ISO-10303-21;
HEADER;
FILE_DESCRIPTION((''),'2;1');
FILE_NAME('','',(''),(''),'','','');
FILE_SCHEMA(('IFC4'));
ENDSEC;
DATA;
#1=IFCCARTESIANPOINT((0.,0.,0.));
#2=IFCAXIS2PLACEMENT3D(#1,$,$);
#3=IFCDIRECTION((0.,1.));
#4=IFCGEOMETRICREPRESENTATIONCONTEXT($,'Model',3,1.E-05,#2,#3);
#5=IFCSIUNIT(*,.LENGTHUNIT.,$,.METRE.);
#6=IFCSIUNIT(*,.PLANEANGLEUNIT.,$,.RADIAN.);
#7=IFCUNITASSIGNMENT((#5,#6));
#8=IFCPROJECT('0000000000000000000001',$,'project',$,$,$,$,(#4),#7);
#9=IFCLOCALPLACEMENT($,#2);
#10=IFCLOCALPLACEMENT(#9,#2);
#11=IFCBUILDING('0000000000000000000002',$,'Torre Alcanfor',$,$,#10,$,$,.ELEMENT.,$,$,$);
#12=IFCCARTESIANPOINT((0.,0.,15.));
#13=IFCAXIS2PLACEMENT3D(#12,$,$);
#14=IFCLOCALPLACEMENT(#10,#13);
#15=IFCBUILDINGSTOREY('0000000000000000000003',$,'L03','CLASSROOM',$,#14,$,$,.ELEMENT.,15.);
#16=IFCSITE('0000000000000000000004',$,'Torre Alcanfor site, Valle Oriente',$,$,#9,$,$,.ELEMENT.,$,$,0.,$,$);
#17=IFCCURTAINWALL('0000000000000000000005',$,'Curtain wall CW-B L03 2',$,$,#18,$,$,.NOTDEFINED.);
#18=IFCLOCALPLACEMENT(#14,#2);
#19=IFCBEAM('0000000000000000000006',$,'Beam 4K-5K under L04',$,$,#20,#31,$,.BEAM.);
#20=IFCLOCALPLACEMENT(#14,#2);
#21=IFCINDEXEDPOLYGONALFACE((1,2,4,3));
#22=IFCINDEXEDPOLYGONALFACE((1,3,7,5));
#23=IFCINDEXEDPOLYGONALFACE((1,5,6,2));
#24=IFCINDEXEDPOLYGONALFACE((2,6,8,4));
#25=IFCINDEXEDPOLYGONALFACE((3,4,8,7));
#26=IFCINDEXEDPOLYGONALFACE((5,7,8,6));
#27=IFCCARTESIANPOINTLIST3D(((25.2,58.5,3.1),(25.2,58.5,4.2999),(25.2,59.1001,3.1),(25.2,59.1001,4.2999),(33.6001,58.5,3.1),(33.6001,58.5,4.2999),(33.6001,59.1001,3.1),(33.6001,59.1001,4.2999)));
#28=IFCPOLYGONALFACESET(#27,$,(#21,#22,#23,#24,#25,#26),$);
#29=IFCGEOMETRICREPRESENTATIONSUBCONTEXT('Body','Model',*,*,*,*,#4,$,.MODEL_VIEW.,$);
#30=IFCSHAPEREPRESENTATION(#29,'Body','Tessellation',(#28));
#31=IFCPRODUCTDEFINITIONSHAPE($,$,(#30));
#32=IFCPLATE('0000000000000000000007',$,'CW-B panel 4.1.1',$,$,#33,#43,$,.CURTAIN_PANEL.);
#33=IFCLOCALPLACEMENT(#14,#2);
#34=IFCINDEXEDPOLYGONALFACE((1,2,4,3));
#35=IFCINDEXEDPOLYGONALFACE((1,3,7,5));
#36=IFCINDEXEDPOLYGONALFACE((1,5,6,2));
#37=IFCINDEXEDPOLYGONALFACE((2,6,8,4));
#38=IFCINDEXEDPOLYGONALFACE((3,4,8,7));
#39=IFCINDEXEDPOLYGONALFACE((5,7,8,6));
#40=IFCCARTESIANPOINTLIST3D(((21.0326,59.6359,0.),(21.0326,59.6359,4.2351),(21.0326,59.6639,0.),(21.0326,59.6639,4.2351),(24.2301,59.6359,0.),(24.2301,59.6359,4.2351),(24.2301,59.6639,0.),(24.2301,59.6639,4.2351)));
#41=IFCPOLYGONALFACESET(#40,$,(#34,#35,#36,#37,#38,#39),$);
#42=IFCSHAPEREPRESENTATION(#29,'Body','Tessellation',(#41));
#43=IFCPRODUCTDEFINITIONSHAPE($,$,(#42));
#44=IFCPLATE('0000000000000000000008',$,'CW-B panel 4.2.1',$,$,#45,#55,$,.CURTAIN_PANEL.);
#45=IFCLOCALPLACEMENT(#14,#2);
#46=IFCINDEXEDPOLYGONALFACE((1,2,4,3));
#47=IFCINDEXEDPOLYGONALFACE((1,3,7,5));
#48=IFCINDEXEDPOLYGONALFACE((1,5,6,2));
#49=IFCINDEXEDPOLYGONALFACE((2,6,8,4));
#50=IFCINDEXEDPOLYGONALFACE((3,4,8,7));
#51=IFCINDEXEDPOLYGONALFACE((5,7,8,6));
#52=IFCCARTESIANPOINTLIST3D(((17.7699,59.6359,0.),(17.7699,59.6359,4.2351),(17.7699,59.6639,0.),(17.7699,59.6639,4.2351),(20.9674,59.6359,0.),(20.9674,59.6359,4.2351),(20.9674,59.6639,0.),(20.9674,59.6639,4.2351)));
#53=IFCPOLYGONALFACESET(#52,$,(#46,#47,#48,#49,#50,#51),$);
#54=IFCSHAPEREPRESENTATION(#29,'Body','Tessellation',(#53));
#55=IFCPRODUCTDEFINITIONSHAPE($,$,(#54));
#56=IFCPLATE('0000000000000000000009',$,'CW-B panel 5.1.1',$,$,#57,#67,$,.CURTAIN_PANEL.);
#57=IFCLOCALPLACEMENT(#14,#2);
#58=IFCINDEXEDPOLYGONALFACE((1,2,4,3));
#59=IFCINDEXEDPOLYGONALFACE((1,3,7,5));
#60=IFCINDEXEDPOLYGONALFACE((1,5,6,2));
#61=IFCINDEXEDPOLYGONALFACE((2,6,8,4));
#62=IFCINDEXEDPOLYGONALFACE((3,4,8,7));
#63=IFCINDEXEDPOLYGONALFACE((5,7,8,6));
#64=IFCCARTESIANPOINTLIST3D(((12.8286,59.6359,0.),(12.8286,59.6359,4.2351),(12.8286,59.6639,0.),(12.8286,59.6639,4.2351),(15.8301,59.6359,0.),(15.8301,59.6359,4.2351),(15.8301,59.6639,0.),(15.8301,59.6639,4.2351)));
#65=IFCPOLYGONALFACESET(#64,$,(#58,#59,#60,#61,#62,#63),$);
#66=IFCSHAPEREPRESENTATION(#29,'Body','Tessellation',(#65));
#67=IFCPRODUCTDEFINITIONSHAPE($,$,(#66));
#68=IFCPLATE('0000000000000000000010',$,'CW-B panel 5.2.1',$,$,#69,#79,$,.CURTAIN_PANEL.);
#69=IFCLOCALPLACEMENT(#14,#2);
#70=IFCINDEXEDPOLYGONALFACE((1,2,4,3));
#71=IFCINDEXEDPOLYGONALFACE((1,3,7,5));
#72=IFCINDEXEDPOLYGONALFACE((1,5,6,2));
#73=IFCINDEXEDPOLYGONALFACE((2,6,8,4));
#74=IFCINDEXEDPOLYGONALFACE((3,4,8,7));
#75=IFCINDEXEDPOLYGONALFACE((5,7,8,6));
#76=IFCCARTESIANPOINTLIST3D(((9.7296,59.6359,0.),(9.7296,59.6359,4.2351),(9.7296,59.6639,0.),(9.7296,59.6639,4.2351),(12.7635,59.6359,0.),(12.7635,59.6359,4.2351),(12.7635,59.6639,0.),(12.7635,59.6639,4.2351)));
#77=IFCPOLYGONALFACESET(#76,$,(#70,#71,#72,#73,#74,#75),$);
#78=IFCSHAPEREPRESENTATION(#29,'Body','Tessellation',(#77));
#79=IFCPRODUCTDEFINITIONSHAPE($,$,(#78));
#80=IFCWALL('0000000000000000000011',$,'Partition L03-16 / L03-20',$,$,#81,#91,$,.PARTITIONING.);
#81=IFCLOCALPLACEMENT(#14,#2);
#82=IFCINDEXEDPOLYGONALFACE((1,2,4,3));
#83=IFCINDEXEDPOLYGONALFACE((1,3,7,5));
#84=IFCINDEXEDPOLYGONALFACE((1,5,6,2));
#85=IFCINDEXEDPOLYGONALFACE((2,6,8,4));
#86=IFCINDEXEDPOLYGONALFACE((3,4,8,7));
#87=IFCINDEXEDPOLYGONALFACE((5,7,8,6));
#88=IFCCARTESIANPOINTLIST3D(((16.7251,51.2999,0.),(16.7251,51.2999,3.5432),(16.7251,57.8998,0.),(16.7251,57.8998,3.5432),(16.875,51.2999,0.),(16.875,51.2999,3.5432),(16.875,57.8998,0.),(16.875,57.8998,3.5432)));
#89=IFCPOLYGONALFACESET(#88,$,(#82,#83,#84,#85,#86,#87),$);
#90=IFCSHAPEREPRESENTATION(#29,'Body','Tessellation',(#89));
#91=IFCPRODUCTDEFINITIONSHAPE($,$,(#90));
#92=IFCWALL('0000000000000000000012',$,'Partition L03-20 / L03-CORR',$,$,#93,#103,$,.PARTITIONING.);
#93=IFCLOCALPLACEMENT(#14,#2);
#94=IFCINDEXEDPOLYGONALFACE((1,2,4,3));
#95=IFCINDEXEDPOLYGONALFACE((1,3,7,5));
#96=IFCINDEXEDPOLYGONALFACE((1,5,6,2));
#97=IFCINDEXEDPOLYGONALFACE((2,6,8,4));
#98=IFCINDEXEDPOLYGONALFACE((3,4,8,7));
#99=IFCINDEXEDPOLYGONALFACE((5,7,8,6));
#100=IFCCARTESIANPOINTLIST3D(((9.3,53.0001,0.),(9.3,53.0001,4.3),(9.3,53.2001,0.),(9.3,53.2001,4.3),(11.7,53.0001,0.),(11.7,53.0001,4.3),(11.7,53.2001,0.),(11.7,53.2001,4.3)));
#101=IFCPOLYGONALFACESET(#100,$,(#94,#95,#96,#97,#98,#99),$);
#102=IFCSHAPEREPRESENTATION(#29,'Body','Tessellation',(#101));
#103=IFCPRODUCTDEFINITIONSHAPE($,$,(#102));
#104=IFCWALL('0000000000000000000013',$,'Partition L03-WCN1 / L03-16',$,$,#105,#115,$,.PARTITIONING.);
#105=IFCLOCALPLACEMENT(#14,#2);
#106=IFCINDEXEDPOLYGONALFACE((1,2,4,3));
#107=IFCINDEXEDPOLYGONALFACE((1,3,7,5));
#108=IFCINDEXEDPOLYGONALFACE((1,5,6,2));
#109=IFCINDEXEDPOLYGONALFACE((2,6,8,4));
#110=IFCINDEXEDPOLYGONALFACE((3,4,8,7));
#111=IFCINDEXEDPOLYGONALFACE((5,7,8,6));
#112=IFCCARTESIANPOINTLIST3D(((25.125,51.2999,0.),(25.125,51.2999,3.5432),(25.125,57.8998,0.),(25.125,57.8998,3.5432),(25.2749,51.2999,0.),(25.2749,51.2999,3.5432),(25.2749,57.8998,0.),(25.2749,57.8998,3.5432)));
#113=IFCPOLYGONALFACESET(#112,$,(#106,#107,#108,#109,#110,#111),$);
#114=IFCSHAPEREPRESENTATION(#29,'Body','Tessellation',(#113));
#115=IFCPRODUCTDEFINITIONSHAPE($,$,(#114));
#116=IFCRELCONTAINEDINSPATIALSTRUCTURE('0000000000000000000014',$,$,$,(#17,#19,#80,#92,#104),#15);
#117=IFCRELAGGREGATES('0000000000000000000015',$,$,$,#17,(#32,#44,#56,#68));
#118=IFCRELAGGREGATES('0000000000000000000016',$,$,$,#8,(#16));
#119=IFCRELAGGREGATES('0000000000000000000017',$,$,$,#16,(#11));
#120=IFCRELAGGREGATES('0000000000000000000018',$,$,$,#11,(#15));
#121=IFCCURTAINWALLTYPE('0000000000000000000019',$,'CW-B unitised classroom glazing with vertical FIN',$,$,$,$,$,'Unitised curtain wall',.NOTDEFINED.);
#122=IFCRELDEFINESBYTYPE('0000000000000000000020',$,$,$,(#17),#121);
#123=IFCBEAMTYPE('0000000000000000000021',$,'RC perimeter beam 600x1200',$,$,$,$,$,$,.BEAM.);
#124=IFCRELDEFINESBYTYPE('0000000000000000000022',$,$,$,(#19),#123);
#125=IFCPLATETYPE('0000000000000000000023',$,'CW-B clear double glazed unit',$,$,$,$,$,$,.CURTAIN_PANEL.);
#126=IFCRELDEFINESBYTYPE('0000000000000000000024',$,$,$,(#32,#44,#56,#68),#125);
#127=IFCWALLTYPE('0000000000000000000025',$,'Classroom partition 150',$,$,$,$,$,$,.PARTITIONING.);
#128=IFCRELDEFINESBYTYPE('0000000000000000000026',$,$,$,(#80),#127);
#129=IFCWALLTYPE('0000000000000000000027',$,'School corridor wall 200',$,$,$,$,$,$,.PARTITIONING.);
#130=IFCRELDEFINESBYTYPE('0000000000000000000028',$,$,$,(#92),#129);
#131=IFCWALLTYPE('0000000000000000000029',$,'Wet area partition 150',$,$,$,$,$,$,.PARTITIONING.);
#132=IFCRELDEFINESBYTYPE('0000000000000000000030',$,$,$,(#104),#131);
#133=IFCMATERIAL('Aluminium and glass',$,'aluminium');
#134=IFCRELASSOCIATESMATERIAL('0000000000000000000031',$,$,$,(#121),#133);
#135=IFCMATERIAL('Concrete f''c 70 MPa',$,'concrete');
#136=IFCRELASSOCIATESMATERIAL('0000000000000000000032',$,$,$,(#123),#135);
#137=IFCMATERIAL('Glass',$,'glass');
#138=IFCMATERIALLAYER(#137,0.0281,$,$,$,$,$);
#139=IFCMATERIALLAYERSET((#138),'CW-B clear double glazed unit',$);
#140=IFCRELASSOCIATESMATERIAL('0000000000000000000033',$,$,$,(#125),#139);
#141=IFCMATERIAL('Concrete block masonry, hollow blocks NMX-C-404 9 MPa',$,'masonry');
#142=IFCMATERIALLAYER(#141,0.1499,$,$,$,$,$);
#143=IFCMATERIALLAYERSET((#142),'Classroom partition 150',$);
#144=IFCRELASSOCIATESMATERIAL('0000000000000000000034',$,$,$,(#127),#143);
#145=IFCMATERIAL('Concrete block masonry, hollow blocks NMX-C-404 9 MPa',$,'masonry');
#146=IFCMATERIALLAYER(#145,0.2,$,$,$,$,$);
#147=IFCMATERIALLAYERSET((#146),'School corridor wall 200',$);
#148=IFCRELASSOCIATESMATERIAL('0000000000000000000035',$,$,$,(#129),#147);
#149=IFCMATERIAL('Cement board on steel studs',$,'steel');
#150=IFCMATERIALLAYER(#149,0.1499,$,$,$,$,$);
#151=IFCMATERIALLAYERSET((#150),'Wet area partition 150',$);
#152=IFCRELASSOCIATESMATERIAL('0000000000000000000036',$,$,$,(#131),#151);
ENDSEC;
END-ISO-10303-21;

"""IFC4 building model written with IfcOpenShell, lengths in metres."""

from ifc_helpers import new_model, si_unit, direction, frame, frame_2d, origin, origin_2d, place, context, subcontext, project, spatial, rectangle, extrude, material, layer, layer_set, material_profile, profile_set, type_object, element, aggregate, save


model = new_model("IFC4")

# Units and contexts
model_context = context("Model", 3, precision=1e-05, world=origin(), true_north=direction((0.0, 1.0)))
body_context = subcontext(model_context, "Body", "Model", "MODEL_VIEW")
ifc_project = project(units=[si_unit("LENGTHUNIT", "METRE"), si_unit("PLANEANGLEUNIT", "RADIAN")], contexts=[model_context])

# Site, building, storey
site_placement = place(None, origin())
site = spatial("IfcSite", under=ifc_project, at=site_placement, Name="Torre Alcanfor site, Valle Oriente", CompositionType="ELEMENT", RefElevation=0.0)
building_placement = place(site_placement, origin())
building = spatial("IfcBuilding", under=site, at=building_placement, Name="Torre Alcanfor", CompositionType="ELEMENT")
storey_placement = place(building_placement, frame((0.0, 0.0, 15.0)))
storey = spatial("IfcBuildingStorey", under=building, at=storey_placement, Name="L03", Description="CLASSROOM", CompositionType="ELEMENT", Elevation=15.0)

# Curtain wall
ifc_material_1 = material(Name="Aluminium and glass", Category="aluminium")
curtain_wall_type = type_object("IfcCurtainWallType", Name="CW-B unitised classroom glazing with vertical FIN", ElementType="Unitised curtain wall", PredefinedType="NOTDEFINED", material=ifc_material_1)
curtain_wall_placement = place(storey_placement, origin())
curtain_wall = element("IfcCurtainWall", 1, at=curtain_wall_placement, inside=storey, type_object=curtain_wall_type, Name="Curtain wall CW-B L03 2", PredefinedType="NOTDEFINED")

# Beam
ifc_material_2 = material(Name="Concrete f'c 70 MPa", Category="concrete")
ifc_material_profile_1 = material_profile(ifc_material_2, rectangle(XDim=0.6001, YDim=1.2, at=origin_2d()), Name="600x1200")
ifc_profile_set_1 = profile_set([ifc_material_profile_1], Name="Concrete f'c 70 MPa")
beam_type = type_object("IfcBeamType", Name="RC perimeter beam 600x1200", PredefinedType="BEAM", material=ifc_profile_set_1)
beam_1_placement = place(storey_placement, frame((25.2, 58.8, 3.7), z_axis=(1.0, 0.0, 0.0), x_axis=(0.0, 1.0, 0.0)))
element("IfcBeam", 2, at=beam_1_placement, inside=storey, type_object=beam_type, Name="Beam 4K-5K under L04", PredefinedType="BEAM", context=body_context, shape_type="SweptSolid", body=[
    extrude(rectangle(XDim=0.6001, YDim=1.2, at=origin_2d()), origin(), (0.0, 0.0, 1.0), 8.4001),
])

# Plates
ifc_material_3 = material(Name="Glass", Category="glass")
ifc_layer_1 = layer(ifc_material_3, 0.0281)
ifc_layer_set_1 = layer_set([ifc_layer_1], Name="CW-B clear double glazed unit")
plate_type = type_object("IfcPlateType", Name="CW-B clear double glazed unit", PredefinedType="CURTAIN_PANEL", material=ifc_layer_set_1)
plate_1_placement = place(storey_placement, frame((22.6313, 59.6499, 0.0), z_axis=(0.0, 0.0, 1.0), x_axis=(-1.0, 0.0, 0.0)))
plate_1 = element("IfcPlate", 3, at=plate_1_placement, type_object=plate_type, Name="CW-B panel 4.1.1", PredefinedType="CURTAIN_PANEL", context=body_context, shape_type="SweptSolid", body=[
    extrude(rectangle(XDim=3.1975, YDim=0.0281, at=origin_2d()), origin(), (0.0, 0.0, 1.0), 4.2351),
])
plate_2_placement = place(storey_placement, frame((19.3687, 59.6499, 0.0), z_axis=(0.0, 0.0, 1.0), x_axis=(-1.0, 0.0, 0.0)))
plate_2 = element("IfcPlate", 4, at=plate_2_placement, type_object=plate_type, Name="CW-B panel 4.2.1", PredefinedType="CURTAIN_PANEL", context=body_context, shape_type="SweptSolid", body=[
    extrude(rectangle(XDim=3.1975, YDim=0.0281, at=origin_2d()), origin(), (0.0, 0.0, 1.0), 4.2351),
])
plate_3_placement = place(storey_placement, frame((14.3293, 59.6499, 0.0), z_axis=(0.0, 0.0, 1.0), x_axis=(-1.0, 0.0, 0.0)))
plate_3 = element("IfcPlate", 5, at=plate_3_placement, type_object=plate_type, Name="CW-B panel 5.1.1", PredefinedType="CURTAIN_PANEL", context=body_context, shape_type="SweptSolid", body=[
    extrude(rectangle(XDim=3.0015, YDim=0.0281, at=origin_2d()), origin(), (0.0, 0.0, 1.0), 4.2351),
])
plate_4_placement = place(storey_placement, frame((11.2466, 59.6499, 0.0), z_axis=(0.0, 0.0, 1.0), x_axis=(-1.0, 0.0, 0.0)))
plate_4 = element("IfcPlate", 6, at=plate_4_placement, type_object=plate_type, Name="CW-B panel 5.2.1", PredefinedType="CURTAIN_PANEL", context=body_context, shape_type="SweptSolid", body=[
    extrude(rectangle(XDim=3.0339, YDim=0.0281, at=origin_2d()), origin(), (0.0, 0.0, 1.0), 4.2351),
])
aggregate(curtain_wall, [plate_1, plate_2, plate_3, plate_4])

# Walls
ifc_material_4 = material(Name="Concrete block masonry, hollow blocks NMX-C-404 9 MPa", Category="masonry")
ifc_layer_2 = layer(ifc_material_4, 0.1499)
ifc_layer_set_2 = layer_set([ifc_layer_2], Name="Classroom partition 150")
wall_type_1 = type_object("IfcWallType", Name="Classroom partition 150", PredefinedType="PARTITIONING", material=ifc_layer_set_2)
wall_1_placement = place(storey_placement, frame((16.8, 51.3, 0.0), z_axis=(0.0, 0.0, 1.0), x_axis=(0.0, 1.0, 0.0)))
element("IfcWall", 7, at=wall_1_placement, inside=storey, type_object=wall_type_1, Name="Partition L03-16 / L03-20", PredefinedType="PARTITIONING", context=body_context, shape_type="SweptSolid", body=[
    extrude(rectangle(XDim=6.5999, YDim=0.1499, at=frame_2d((3.2998, 0.0))), origin(), (0.0, 0.0, 1.0), 3.5432),
])
ifc_material_5 = material(Name="Concrete block masonry, hollow blocks NMX-C-404 9 MPa", Category="masonry")
ifc_layer_3 = layer(ifc_material_5, 0.2)
ifc_layer_set_3 = layer_set([ifc_layer_3], Name="School corridor wall 200")
wall_type_2 = type_object("IfcWallType", Name="School corridor wall 200", PredefinedType="PARTITIONING", material=ifc_layer_set_3)
wall_2_placement = place(storey_placement, frame((11.7, 53.1001, 0.0), z_axis=(0.0, 0.0, 1.0), x_axis=(-1.0, 0.0, 0.0)))
element("IfcWall", 8, at=wall_2_placement, inside=storey, type_object=wall_type_2, Name="Partition L03-20 / L03-CORR", PredefinedType="PARTITIONING", context=body_context, shape_type="SweptSolid", body=[
    extrude(rectangle(XDim=2.3999, YDim=0.2, at=frame_2d((1.2, 0.0))), origin(), (0.0, 0.0, 1.0), 4.3),
])
ifc_material_6 = material(Name="Cement board on steel studs", Category="steel")
ifc_layer_4 = layer(ifc_material_6, 0.1499)
ifc_layer_set_4 = layer_set([ifc_layer_4], Name="Wet area partition 150")
wall_type_3 = type_object("IfcWallType", Name="Wet area partition 150", PredefinedType="PARTITIONING", material=ifc_layer_set_4)
wall_3_placement = place(storey_placement, frame((25.2, 51.3, 0.0), z_axis=(0.0, 0.0, 1.0), x_axis=(0.0, 1.0, 0.0)))
element("IfcWall", 9, at=wall_3_placement, inside=storey, type_object=wall_type_3, Name="Partition L03-WCN1 / L03-16", PredefinedType="PARTITIONING", context=body_context, shape_type="SweptSolid", body=[
    extrude(rectangle(XDim=6.5999, YDim=0.1499, at=frame_2d((3.2998, 0.0))), origin(), (0.0, 0.0, 1.0), 3.5432),
])

save(model, "model.ifc")
